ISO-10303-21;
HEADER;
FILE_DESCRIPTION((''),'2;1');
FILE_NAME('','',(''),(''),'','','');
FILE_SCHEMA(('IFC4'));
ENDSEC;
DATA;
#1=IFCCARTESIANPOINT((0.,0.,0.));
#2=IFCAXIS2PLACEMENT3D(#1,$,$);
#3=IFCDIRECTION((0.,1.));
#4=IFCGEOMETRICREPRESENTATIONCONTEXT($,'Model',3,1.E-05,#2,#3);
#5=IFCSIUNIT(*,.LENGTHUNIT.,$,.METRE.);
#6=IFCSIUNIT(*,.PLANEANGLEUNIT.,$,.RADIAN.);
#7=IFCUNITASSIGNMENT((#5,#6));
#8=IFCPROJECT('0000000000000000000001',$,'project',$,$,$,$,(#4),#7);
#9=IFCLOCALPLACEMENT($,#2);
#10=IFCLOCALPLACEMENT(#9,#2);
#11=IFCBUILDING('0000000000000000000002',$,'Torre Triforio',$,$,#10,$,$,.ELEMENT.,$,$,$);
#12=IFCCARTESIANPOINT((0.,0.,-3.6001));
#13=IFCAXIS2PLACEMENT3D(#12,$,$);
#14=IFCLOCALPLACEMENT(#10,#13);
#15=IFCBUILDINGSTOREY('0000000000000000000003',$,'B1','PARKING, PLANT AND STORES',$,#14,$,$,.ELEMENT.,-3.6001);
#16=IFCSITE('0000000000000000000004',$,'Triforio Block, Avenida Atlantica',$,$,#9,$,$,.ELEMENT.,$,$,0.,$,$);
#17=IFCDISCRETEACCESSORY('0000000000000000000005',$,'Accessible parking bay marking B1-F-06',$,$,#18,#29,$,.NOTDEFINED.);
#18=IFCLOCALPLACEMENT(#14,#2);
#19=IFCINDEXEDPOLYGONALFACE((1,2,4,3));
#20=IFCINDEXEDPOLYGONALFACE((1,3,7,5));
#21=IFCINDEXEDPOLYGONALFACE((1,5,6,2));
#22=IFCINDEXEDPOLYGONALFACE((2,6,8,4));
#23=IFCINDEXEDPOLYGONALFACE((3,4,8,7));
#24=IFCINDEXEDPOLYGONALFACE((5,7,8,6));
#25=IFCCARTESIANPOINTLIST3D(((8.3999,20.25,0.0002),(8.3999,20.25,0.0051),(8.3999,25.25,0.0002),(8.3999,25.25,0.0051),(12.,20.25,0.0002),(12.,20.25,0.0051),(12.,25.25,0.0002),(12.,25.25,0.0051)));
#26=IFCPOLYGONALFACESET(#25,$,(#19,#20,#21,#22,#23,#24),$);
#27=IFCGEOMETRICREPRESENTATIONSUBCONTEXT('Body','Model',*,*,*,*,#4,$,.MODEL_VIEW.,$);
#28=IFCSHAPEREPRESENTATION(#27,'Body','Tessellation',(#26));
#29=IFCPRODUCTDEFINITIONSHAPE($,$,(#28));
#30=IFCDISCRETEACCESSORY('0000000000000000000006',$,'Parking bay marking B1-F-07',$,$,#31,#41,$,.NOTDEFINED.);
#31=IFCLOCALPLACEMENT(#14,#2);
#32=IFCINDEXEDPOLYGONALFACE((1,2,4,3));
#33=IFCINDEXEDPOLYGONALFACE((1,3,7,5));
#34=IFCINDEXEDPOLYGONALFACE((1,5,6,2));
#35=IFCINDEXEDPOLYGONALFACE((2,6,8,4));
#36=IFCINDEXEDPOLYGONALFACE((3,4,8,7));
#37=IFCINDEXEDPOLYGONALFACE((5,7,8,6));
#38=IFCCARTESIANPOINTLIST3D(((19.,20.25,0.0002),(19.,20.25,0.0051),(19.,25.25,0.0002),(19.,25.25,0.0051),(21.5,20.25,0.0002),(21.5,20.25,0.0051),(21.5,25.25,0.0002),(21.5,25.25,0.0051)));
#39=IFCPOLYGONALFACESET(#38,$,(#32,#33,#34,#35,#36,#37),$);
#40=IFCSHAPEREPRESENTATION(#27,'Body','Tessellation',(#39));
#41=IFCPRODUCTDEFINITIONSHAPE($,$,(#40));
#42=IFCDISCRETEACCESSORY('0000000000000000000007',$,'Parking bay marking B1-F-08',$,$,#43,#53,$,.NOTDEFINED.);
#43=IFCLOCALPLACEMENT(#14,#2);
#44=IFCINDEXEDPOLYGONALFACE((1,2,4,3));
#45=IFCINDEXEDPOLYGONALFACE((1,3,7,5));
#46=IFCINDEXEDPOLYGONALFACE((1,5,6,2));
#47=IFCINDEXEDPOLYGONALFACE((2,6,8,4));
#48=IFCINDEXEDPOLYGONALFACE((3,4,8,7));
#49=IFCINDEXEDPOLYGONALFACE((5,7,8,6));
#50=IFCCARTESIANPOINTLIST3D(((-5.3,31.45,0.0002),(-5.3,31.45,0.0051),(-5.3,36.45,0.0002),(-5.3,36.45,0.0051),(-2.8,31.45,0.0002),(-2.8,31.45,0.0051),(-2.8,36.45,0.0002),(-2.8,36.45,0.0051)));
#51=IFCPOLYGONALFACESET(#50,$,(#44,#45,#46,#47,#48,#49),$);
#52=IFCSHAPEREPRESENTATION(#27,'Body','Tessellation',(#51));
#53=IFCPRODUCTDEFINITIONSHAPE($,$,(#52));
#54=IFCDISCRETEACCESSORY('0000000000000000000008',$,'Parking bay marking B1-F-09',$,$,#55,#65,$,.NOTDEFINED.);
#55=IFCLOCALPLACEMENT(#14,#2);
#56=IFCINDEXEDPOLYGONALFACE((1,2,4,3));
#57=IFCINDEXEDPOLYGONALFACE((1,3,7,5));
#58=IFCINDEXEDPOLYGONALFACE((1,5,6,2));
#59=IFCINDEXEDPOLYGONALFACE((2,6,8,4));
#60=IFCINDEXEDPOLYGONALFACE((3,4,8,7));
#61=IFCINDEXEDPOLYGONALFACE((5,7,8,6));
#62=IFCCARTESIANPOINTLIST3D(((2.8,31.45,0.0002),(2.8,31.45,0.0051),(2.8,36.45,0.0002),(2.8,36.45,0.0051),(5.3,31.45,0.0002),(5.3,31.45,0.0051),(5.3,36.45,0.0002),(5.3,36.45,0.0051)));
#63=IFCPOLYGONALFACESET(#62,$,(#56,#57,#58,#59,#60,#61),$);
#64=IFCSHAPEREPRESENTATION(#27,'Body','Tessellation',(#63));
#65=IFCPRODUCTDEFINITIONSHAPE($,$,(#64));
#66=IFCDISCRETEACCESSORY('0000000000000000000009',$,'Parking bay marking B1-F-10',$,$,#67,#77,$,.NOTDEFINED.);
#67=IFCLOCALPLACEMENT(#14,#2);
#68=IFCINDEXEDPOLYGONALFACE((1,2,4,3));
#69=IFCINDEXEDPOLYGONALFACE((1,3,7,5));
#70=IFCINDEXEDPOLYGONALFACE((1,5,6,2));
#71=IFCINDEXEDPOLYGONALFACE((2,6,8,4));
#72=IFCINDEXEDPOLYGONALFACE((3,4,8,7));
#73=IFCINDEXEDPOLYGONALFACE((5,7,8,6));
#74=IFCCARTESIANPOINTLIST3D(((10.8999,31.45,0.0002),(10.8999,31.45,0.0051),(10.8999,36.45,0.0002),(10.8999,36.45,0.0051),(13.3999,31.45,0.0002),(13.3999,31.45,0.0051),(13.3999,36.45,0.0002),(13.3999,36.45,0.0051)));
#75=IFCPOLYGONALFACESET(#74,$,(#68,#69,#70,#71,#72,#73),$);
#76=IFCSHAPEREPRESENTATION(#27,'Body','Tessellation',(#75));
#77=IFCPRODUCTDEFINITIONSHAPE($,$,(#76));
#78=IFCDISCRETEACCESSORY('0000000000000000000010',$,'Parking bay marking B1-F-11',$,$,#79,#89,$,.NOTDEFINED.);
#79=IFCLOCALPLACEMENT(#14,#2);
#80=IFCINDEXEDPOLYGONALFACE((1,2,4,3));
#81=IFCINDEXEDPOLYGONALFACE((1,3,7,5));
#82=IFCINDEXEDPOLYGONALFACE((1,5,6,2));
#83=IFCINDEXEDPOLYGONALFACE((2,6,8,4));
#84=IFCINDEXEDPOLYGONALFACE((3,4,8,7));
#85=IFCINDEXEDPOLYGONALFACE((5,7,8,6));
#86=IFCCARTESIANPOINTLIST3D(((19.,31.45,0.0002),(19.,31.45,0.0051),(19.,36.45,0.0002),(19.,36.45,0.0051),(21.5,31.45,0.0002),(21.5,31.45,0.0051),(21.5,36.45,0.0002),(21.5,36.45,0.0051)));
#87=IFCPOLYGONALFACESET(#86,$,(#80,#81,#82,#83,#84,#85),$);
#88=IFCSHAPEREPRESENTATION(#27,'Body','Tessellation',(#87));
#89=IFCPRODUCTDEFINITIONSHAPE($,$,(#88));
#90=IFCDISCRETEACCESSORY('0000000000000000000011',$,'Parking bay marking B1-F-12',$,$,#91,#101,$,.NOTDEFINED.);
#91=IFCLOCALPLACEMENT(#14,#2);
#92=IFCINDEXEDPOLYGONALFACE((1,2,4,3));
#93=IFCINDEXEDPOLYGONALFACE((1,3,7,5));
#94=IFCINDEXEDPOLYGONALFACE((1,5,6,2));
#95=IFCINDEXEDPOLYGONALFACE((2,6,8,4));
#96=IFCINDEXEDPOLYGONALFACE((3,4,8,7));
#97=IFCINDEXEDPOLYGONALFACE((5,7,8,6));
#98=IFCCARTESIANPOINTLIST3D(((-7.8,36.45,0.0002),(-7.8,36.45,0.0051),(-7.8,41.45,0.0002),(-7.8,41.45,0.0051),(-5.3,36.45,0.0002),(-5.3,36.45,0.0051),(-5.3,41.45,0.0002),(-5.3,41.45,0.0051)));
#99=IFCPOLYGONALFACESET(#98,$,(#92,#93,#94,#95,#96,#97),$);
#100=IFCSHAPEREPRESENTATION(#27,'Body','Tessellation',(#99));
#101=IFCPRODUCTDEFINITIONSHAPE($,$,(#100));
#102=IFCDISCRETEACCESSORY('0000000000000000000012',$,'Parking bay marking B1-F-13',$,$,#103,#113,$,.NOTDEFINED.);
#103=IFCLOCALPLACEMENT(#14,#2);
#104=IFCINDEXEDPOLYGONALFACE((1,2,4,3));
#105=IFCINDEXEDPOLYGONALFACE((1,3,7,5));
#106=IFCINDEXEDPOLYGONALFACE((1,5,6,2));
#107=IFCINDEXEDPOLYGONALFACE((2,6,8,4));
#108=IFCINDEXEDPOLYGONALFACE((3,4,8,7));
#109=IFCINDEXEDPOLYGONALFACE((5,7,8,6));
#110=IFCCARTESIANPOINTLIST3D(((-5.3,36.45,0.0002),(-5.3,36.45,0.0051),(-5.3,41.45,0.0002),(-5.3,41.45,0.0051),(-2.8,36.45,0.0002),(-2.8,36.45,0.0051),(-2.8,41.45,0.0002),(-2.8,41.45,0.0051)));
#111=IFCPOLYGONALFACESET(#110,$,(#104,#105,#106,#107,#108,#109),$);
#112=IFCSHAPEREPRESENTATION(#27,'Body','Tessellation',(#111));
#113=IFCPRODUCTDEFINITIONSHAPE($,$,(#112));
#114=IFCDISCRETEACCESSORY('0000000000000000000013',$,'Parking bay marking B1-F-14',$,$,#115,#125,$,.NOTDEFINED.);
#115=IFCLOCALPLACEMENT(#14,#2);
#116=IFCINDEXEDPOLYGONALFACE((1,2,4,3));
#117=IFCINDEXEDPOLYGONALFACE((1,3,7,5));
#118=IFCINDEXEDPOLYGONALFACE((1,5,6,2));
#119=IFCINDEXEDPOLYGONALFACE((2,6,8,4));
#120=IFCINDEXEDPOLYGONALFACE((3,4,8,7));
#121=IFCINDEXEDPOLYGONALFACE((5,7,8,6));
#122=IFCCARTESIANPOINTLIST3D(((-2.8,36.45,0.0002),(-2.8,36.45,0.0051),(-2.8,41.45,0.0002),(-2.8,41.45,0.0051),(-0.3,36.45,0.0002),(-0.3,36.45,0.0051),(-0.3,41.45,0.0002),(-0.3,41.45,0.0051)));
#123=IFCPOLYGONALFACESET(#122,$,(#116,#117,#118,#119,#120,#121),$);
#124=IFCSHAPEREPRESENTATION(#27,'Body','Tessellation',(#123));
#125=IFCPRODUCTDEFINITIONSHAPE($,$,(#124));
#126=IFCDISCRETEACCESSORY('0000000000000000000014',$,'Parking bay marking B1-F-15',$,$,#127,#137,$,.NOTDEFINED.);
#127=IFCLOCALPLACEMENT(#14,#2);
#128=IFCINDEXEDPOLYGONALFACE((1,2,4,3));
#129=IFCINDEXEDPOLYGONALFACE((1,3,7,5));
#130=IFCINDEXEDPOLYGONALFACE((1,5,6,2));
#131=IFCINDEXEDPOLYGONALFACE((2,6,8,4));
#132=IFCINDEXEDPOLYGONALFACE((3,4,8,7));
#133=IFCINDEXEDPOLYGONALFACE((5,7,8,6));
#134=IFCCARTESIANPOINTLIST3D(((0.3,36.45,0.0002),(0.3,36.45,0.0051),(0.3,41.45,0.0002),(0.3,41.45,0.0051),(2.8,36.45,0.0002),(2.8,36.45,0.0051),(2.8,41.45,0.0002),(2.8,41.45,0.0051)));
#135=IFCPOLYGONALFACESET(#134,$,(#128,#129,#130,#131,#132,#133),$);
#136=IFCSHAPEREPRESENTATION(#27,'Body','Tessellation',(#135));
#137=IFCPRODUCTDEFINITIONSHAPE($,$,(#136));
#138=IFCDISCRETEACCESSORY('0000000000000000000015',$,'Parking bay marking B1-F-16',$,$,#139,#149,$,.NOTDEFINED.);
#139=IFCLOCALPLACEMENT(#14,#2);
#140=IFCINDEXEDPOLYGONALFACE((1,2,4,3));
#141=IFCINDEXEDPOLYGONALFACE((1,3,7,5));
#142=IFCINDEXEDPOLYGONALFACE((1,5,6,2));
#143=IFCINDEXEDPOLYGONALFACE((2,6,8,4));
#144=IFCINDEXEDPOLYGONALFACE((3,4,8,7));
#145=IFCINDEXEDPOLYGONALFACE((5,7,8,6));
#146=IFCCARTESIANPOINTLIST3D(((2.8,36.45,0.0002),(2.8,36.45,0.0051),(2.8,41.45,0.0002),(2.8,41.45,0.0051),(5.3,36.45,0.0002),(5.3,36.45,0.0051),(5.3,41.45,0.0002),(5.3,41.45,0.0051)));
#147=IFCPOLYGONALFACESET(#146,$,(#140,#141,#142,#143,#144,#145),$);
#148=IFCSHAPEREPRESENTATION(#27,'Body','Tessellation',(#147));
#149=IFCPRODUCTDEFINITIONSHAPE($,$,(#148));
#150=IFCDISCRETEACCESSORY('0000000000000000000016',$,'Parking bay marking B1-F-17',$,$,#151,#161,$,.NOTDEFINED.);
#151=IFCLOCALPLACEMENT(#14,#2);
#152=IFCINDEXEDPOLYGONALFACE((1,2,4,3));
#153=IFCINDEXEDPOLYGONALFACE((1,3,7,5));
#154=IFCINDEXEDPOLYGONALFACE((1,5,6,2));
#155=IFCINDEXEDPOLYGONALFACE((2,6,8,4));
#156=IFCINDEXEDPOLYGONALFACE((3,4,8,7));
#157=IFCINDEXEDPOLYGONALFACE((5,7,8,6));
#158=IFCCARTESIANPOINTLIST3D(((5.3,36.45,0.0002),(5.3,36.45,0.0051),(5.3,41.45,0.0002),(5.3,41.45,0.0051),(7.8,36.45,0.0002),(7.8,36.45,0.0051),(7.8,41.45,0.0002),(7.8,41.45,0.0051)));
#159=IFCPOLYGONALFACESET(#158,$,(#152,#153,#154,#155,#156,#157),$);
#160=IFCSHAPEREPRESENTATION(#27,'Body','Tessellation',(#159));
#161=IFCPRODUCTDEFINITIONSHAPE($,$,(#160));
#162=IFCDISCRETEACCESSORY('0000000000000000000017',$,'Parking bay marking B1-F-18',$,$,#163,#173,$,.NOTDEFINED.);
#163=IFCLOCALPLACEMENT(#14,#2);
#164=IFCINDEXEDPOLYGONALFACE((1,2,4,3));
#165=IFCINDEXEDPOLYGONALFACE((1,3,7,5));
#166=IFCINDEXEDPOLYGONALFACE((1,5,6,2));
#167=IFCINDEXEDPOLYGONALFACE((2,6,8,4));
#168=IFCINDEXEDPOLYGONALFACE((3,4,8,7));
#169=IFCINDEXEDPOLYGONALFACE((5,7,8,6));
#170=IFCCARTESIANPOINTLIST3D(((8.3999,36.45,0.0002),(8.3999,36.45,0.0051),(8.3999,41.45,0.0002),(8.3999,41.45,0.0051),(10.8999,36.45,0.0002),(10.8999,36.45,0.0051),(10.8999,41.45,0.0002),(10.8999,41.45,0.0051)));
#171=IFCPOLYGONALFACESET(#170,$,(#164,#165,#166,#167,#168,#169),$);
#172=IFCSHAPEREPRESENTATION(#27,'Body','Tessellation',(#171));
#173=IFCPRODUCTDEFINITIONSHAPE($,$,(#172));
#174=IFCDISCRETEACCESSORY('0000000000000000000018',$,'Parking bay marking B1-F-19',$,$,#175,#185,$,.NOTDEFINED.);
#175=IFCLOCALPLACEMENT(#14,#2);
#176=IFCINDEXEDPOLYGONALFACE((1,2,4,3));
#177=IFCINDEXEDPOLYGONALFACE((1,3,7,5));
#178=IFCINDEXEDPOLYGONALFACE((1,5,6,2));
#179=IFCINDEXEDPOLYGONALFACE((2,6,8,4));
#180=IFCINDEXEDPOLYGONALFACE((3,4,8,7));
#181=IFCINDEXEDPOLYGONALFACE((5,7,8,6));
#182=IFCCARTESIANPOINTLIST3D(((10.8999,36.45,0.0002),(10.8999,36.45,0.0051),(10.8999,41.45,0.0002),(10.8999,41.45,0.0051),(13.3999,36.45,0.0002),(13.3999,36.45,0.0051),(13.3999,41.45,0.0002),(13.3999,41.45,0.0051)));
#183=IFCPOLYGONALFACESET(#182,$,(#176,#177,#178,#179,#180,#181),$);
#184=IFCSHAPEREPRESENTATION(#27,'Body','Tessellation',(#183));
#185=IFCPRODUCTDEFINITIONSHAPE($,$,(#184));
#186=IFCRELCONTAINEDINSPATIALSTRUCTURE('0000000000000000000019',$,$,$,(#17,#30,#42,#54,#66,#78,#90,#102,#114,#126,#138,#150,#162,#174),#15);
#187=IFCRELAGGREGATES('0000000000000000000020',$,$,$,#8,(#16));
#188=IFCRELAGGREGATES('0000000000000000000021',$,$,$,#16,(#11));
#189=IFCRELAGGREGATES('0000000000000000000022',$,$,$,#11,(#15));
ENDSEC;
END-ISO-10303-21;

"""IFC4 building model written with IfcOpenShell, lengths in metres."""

from ifc_helpers import new_model, si_unit, direction, frame, origin, origin_2d, place, context, subcontext, project, spatial, rectangle, extrude, element, save


model = new_model("IFC4")

# Units and contexts
model_context = context("Model", 3, precision=1e-05, world=origin(), true_north=direction((0.0, 1.0)))
body_context = subcontext(model_context, "Body", "Model", "MODEL_VIEW")
ifc_project = project(units=[si_unit("LENGTHUNIT", "METRE"), si_unit("PLANEANGLEUNIT", "RADIAN")], contexts=[model_context])

# Site, building, storey
site_placement = place(None, origin())
site = spatial("IfcSite", under=ifc_project, at=site_placement, Name="Triforio Block, Avenida Atlantica", CompositionType="ELEMENT", RefElevation=0.0)
building_placement = place(site_placement, origin())
building = spatial("IfcBuilding", under=site, at=building_placement, Name="Torre Triforio", CompositionType="ELEMENT")
storey_placement = place(building_placement, frame((0.0, 0.0, -3.6001)))
storey = spatial("IfcBuildingStorey", under=building, at=storey_placement, Name="B1", Description="PARKING, PLANT AND STORES", CompositionType="ELEMENT", Elevation=-3.6001)

# Discrete accessories
discrete_accessory_1_placement = place(storey_placement, frame((10.2, 22.75, 0.0002), z_axis=(0.0, 0.0, 1.0), x_axis=(1.0, 0.0, 0.0)))
element("IfcDiscreteAccessory", 1, at=discrete_accessory_1_placement, inside=storey, Name="Accessible parking bay marking B1-F-06", PredefinedType="NOTDEFINED", context=body_context, shape_type="SweptSolid", body=[
    extrude(rectangle(XDim=3.6001, YDim=5.0, at=origin_2d()), origin(), (0.0, 0.0, 1.0), 0.0049),
])
for number, where, z_axis, x_axis, name in (
    (2, (20.25, 22.75, 0.0002), (0.0, 0.0, 1.0), (1.0, 0.0, 0.0), "Parking bay marking B1-F-07"),
    (3, (-4.05, 33.95, 0.0002), (0.0, 0.0, 1.0), (1.0, 0.0, 0.0), "Parking bay marking B1-F-08"),
    (4, (4.05, 33.95, 0.0002), (0.0, 0.0, 1.0), (1.0, 0.0, 0.0), "Parking bay marking B1-F-09"),
    (5, (12.1499, 33.95, 0.0002), (0.0, 0.0, 1.0), (1.0, 0.0, 0.0), "Parking bay marking B1-F-10"),
    (6, (20.25, 33.95, 0.0002), (0.0, 0.0, 1.0), (1.0, 0.0, 0.0), "Parking bay marking B1-F-11"),
    (7, (-6.55, 38.95, 0.0002), (0.0, 0.0, 1.0), (1.0, 0.0, 0.0), "Parking bay marking B1-F-12"),
    (8, (-4.05, 38.95, 0.0002), (0.0, 0.0, 1.0), (1.0, 0.0, 0.0), "Parking bay marking B1-F-13"),
    (9, (-1.55, 38.95, 0.0002), (0.0, 0.0, 1.0), (1.0, 0.0, 0.0), "Parking bay marking B1-F-14"),
    (10, (1.55, 38.95, 0.0002), (0.0, 0.0, 1.0), (1.0, 0.0, 0.0), "Parking bay marking B1-F-15"),
    (11, (4.05, 38.95, 0.0002), (0.0, 0.0, 1.0), (1.0, 0.0, 0.0), "Parking bay marking B1-F-16"),
    (12, (6.55, 38.95, 0.0002), (0.0, 0.0, 1.0), (1.0, 0.0, 0.0), "Parking bay marking B1-F-17"),
    (13, (9.6499, 38.95, 0.0002), (0.0, 0.0, 1.0), (1.0, 0.0, 0.0), "Parking bay marking B1-F-18"),
    (14, (12.1499, 38.95, 0.0002), (0.0, 0.0, 1.0), (1.0, 0.0, 0.0), "Parking bay marking B1-F-19"),
):
    element("IfcDiscreteAccessory", number, at=place(storey_placement, frame(where, z_axis=z_axis, x_axis=x_axis)), inside=storey, Name=name, PredefinedType="NOTDEFINED", context=body_context, shape_type="SweptSolid", body=[
        extrude(rectangle(XDim=2.5, YDim=5.0, at=origin_2d()), origin(), (0.0, 0.0, 1.0), 0.0049),
    ])

save(model, "model.ifc")
